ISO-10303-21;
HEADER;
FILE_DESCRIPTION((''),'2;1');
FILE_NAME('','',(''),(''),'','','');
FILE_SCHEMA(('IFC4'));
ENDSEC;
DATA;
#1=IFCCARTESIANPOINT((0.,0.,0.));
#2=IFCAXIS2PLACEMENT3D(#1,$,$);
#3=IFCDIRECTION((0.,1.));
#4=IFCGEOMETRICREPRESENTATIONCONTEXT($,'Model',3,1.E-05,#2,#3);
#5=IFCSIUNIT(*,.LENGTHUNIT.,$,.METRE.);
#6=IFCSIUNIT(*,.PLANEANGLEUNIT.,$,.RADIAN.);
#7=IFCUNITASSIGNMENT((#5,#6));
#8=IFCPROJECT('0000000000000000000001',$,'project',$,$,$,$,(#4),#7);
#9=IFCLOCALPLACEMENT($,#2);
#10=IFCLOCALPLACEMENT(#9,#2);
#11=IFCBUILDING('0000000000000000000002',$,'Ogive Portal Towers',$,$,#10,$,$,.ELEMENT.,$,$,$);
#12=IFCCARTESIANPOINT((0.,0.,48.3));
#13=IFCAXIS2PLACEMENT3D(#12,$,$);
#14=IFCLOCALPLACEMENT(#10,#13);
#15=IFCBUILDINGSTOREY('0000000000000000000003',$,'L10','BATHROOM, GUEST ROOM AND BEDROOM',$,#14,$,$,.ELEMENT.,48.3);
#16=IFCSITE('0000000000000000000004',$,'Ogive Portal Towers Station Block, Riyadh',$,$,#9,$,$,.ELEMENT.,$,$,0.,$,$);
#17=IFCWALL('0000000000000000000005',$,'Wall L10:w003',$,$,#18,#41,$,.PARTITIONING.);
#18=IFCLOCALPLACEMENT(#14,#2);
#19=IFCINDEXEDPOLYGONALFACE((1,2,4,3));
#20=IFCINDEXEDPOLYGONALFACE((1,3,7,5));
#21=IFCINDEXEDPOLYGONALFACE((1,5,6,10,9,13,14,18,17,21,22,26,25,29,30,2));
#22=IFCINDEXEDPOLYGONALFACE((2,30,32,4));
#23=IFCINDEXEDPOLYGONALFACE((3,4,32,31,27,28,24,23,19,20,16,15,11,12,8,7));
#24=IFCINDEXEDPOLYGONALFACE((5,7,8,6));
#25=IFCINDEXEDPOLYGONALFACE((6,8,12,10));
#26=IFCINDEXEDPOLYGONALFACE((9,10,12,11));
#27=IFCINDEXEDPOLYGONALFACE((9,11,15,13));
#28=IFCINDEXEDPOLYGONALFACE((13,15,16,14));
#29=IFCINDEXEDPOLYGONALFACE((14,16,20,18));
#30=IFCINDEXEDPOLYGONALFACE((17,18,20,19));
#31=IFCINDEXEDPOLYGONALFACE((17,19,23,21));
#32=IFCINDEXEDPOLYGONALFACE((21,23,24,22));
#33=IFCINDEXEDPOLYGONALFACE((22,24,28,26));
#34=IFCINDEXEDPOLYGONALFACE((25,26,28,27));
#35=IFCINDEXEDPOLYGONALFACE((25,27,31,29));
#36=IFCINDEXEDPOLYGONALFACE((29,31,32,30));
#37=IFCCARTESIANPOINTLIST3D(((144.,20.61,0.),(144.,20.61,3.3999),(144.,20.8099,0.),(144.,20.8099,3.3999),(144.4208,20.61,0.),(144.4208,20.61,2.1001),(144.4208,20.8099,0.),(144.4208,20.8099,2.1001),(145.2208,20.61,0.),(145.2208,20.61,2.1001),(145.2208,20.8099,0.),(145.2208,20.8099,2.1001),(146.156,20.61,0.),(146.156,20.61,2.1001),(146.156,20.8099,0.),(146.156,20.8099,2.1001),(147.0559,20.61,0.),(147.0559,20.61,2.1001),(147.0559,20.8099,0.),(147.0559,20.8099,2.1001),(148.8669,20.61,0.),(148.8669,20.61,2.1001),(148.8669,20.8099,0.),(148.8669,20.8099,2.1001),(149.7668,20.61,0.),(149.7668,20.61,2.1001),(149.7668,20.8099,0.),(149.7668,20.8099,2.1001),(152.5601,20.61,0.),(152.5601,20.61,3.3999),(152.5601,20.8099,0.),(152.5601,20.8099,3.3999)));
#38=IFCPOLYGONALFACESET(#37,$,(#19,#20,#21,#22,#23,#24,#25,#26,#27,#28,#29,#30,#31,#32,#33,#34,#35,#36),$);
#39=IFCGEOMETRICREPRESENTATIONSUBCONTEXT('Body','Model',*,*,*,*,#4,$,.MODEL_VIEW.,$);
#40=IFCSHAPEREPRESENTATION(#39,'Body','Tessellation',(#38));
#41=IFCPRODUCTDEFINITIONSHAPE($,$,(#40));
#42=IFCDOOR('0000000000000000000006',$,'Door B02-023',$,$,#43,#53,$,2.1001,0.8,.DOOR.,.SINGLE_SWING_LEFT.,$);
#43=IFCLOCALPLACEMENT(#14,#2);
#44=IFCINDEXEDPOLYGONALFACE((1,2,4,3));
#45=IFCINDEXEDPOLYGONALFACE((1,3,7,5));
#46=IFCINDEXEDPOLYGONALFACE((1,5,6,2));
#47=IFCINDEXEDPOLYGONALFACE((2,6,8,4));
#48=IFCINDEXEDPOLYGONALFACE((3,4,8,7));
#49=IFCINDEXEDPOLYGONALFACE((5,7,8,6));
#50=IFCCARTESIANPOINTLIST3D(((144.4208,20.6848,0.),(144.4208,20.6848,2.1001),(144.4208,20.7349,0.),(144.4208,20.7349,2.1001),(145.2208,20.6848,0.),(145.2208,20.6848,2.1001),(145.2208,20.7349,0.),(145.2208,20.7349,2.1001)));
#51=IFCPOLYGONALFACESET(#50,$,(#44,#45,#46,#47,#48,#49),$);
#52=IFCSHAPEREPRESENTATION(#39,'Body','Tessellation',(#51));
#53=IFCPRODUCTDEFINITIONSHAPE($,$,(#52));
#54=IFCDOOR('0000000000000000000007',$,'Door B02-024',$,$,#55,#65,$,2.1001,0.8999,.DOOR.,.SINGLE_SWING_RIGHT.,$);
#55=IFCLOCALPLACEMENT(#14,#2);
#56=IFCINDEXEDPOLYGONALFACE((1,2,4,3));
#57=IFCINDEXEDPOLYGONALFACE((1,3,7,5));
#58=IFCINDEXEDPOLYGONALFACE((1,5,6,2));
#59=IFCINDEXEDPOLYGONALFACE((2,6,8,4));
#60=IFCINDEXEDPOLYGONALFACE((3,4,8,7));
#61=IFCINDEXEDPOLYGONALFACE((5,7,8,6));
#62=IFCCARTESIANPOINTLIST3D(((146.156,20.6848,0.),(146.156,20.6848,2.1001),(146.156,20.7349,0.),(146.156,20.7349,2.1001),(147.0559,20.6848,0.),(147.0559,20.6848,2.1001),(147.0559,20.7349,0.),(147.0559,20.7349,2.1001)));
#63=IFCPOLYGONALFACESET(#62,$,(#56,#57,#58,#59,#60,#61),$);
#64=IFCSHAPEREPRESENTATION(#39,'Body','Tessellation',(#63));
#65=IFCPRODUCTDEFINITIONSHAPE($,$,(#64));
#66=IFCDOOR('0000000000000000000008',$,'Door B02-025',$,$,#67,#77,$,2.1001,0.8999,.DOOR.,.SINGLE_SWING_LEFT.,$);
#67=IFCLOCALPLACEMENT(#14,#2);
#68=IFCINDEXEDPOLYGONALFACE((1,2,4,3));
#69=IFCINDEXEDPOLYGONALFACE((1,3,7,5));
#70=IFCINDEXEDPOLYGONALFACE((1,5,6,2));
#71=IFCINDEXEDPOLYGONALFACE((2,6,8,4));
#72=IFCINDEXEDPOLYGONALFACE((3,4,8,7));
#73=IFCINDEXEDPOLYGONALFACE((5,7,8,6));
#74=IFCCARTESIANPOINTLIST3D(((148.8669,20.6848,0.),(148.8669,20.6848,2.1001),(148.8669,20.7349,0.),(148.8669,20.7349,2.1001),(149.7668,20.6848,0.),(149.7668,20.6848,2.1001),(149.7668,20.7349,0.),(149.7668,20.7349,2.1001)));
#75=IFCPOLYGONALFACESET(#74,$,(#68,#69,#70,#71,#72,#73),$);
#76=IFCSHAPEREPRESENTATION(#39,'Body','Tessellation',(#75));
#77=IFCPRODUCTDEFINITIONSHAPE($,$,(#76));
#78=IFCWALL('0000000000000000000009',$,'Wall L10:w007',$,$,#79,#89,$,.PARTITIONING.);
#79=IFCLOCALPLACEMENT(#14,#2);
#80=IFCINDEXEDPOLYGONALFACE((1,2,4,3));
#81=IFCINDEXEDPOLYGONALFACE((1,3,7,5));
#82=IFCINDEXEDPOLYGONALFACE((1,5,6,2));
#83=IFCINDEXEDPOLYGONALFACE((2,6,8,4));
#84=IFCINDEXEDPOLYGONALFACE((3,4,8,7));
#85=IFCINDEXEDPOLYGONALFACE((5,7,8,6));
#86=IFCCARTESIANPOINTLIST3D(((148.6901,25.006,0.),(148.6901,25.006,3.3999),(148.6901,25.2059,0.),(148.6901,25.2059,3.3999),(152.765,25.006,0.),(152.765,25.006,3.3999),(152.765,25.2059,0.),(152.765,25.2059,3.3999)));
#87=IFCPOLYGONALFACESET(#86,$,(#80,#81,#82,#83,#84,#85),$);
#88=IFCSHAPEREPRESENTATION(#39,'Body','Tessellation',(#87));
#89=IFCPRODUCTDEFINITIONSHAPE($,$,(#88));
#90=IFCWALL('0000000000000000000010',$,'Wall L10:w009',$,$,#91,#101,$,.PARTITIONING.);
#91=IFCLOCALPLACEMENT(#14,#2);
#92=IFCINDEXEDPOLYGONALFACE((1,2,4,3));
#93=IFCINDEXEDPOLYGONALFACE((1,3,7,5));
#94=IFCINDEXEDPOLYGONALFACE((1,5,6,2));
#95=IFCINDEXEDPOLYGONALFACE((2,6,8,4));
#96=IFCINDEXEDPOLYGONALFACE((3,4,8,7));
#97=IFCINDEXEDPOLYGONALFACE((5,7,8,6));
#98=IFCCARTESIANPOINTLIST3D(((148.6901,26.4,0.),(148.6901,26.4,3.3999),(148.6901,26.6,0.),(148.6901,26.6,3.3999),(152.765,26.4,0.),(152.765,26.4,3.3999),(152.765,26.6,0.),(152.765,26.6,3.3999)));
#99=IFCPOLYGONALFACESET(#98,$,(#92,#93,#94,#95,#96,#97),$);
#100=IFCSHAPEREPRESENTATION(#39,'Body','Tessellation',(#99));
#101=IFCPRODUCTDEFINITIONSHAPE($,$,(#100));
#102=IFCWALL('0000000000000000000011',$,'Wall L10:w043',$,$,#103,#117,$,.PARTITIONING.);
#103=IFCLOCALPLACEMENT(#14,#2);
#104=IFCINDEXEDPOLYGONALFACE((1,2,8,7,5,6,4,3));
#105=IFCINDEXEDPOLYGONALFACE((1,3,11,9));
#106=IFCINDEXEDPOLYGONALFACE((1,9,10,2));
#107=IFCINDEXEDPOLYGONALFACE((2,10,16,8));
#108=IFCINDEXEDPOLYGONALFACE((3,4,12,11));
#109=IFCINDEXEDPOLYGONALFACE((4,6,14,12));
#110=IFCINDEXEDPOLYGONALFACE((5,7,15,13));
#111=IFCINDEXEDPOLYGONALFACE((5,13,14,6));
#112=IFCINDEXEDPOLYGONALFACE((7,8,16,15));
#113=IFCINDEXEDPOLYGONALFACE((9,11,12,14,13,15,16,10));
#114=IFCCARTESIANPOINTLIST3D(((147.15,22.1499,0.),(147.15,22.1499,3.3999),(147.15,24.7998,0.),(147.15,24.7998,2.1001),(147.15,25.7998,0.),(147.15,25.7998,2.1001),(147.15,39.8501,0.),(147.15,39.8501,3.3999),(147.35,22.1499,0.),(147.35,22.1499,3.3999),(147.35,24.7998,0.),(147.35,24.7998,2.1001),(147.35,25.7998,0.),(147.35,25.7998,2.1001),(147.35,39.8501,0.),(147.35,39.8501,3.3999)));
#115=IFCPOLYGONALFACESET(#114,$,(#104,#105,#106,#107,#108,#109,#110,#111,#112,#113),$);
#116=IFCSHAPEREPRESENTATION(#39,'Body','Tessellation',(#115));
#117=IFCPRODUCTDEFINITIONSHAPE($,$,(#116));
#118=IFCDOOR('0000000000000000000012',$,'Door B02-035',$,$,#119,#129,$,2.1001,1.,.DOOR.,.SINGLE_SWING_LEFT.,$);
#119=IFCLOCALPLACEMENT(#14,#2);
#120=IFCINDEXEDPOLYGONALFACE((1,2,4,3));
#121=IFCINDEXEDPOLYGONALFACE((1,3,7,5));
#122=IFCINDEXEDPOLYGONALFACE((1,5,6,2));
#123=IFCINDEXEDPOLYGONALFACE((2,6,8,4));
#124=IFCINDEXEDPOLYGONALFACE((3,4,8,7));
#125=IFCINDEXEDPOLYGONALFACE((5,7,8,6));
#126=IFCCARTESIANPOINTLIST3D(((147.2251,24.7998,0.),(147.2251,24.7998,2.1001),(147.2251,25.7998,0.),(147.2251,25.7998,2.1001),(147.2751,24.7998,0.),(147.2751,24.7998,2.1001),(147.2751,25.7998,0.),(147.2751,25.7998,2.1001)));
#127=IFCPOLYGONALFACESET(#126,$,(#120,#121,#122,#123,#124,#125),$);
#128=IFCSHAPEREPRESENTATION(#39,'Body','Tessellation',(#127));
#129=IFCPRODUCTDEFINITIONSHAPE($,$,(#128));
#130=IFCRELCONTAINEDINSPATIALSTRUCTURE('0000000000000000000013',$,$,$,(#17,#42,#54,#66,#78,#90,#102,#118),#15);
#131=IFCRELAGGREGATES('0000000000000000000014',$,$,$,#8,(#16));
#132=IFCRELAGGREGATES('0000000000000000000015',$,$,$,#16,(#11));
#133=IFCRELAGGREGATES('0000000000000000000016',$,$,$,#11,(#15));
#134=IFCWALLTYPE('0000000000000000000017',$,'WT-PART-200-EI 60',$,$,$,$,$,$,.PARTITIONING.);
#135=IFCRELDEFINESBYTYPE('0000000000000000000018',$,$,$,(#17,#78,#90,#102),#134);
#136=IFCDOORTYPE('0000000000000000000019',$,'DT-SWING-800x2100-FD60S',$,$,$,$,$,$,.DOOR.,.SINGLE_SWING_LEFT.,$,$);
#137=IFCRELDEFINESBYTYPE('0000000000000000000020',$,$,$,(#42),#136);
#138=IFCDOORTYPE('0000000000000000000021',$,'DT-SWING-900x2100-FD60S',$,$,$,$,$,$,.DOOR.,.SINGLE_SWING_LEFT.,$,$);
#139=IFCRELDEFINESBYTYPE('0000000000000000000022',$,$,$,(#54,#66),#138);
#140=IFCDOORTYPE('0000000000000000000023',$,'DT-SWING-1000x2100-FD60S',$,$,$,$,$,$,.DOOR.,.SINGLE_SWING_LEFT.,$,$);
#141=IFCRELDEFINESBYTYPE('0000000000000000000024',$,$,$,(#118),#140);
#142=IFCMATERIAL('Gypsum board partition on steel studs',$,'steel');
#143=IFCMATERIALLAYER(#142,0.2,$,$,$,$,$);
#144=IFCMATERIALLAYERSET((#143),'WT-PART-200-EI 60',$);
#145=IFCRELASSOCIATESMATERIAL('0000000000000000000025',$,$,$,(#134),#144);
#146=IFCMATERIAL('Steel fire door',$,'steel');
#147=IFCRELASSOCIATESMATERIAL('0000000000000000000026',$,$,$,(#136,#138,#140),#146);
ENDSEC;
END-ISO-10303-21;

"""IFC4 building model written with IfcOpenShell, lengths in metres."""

from ifc_helpers import new_model, si_unit, direction, frame, frame_2d, origin, place, context, subcontext, project, spatial, rectangle, extrude, material, layer, layer_set, type_object, element, fill, save


model = new_model("IFC4")

# Units and contexts
model_context = context("Model", 3, precision=1e-05, world=origin(), true_north=direction((0.0, 1.0)))
body_context = subcontext(model_context, "Body", "Model", "MODEL_VIEW")
ifc_project = project(units=[si_unit("LENGTHUNIT", "METRE"), si_unit("PLANEANGLEUNIT", "RADIAN")], contexts=[model_context])

# Site, building, storey
site_placement = place(None, origin())
site = spatial("IfcSite", under=ifc_project, at=site_placement, Name="Ogive Portal Towers Station Block, Riyadh", CompositionType="ELEMENT", RefElevation=0.0)
building_placement = place(site_placement, origin())
building = spatial("IfcBuilding", under=site, at=building_placement, Name="Ogive Portal Towers", CompositionType="ELEMENT")
storey_placement = place(building_placement, frame((0.0, 0.0, 48.3)))
storey = spatial("IfcBuildingStorey", under=building, at=storey_placement, Name="L10", Description="BATHROOM, GUEST ROOM AND BEDROOM", CompositionType="ELEMENT", Elevation=48.3)

# Wall, openings, doors
ifc_material_1 = material(Name="Gypsum board partition on steel studs", Category="steel")
ifc_layer_1 = layer(ifc_material_1, 0.2)
ifc_layer_set_1 = layer_set([ifc_layer_1], Name="WT-PART-200-EI 60")
wall_type_1 = type_object("IfcWallType", Name="WT-PART-200-EI 60", PredefinedType="PARTITIONING", material=ifc_layer_set_1)
wall_1_placement = place(storey_placement, frame((144.0, 20.71, 0.0), z_axis=(0.0, 0.0, 1.0), x_axis=(1.0, 0.0, 0.0)))
wall_1 = element("IfcWall", 1, at=wall_1_placement, inside=storey, type_object=wall_type_1, Name="Wall L10:w003", PredefinedType="PARTITIONING", context=body_context, shape_type="SweptSolid", body=[
    extrude(rectangle(XDim=8.5601, YDim=0.2, at=frame_2d((4.28, 0.0))), origin(), (0.0, 0.0, 1.0), 3.3999),
])
opening_1_placement = place(wall_1_placement, frame((0.4209, 0.0, 0.0)))
opening_1 = element("IfcOpeningElement", 2, at=opening_1_placement, cuts=wall_1, PredefinedType="OPENING", context=body_context, shape_type="SweptSolid", body=[
    extrude(rectangle(XDim=0.8, YDim=2.1001, at=frame_2d((0.3999, 1.05))), frame((0.0, 0.1099, 0.0), z_axis=(0.0, -1.0, 0.0), x_axis=(1.0, 0.0, 0.0)), (0.0, 0.0, 1.0), 0.22),
])
opening_2_placement = place(wall_1_placement, frame((2.156, 0.0, 0.0)))
opening_2 = element("IfcOpeningElement", 3, at=opening_2_placement, cuts=wall_1, PredefinedType="OPENING", context=body_context, shape_type="SweptSolid", body=[
    extrude(rectangle(XDim=0.8999, YDim=2.1001, at=frame_2d((0.45, 1.05))), frame((0.0, 0.1099, 0.0), z_axis=(0.0, -1.0, 0.0), x_axis=(1.0, 0.0, 0.0)), (0.0, 0.0, 1.0), 0.22),
])
opening_3_placement = place(wall_1_placement, frame((4.8669, 0.0, 0.0)))
opening_3 = element("IfcOpeningElement", 4, at=opening_3_placement, cuts=wall_1, PredefinedType="OPENING", context=body_context, shape_type="SweptSolid", body=[
    extrude(rectangle(XDim=0.8999, YDim=2.1001, at=frame_2d((0.45, 1.05))), frame((0.0, 0.1099, 0.0), z_axis=(0.0, -1.0, 0.0), x_axis=(1.0, 0.0, 0.0)), (0.0, 0.0, 1.0), 0.22),
])
ifc_material_2 = material(Name="Steel fire door", Category="steel")
door_type_1 = type_object("IfcDoorType", Name="DT-SWING-800x2100-FD60S", OperationType="SINGLE_SWING_LEFT", PredefinedType="DOOR", material=ifc_material_2)
door_1_placement = place(opening_1_placement, origin())
door_1 = element("IfcDoor", 5, at=door_1_placement, inside=storey, type_object=door_type_1, Name="Door B02-023", OperationType="SINGLE_SWING_LEFT", OverallHeight=2.1001, OverallWidth=0.8, PredefinedType="DOOR", context=body_context, shape_type="SweptSolid", body=[
    extrude(rectangle(XDim=0.8, YDim=2.1001, at=frame_2d((0.3999, 1.05))), frame((0.0, 0.0249, 0.0), z_axis=(0.0, -1.0, 0.0), x_axis=(1.0, 0.0, 0.0)), (0.0, 0.0, 1.0), 0.05),
])
fill(opening_1, door_1)
door_type_2 = type_object("IfcDoorType", Name="DT-SWING-900x2100-FD60S", OperationType="SINGLE_SWING_LEFT", PredefinedType="DOOR", material=ifc_material_2)
door_2_placement = place(opening_2_placement, origin())
door_2 = element("IfcDoor", 6, at=door_2_placement, inside=storey, type_object=door_type_2, Name="Door B02-024", OperationType="SINGLE_SWING_RIGHT", OverallHeight=2.1001, OverallWidth=0.8999, PredefinedType="DOOR", context=body_context, shape_type="SweptSolid", body=[
    extrude(rectangle(XDim=0.8999, YDim=2.1001, at=frame_2d((0.45, 1.05))), frame((0.0, 0.0249, 0.0), z_axis=(0.0, -1.0, 0.0), x_axis=(1.0, 0.0, 0.0)), (0.0, 0.0, 1.0), 0.05),
])
fill(opening_2, door_2)
door_3_placement = place(opening_3_placement, origin())
door_3 = element("IfcDoor", 7, at=door_3_placement, inside=storey, type_object=door_type_2, Name="Door B02-025", OperationType="SINGLE_SWING_LEFT", OverallHeight=2.1001, OverallWidth=0.8999, PredefinedType="DOOR", context=body_context, shape_type="SweptSolid", body=[
    extrude(rectangle(XDim=0.8999, YDim=2.1001, at=frame_2d((0.45, 1.05))), frame((0.0, 0.0249, 0.0), z_axis=(0.0, -1.0, 0.0), x_axis=(1.0, 0.0, 0.0)), (0.0, 0.0, 1.0), 0.05),
])
fill(opening_3, door_3)

# Walls
for number, where, z_axis, x_axis, name in (
    (8, (148.6899, 25.106, 0.0), (0.0, 0.0, 1.0), (1.0, 0.0, 0.0), "Wall L10:w007"),
    (9, (148.6899, 26.5, 0.0), (0.0, 0.0, 1.0), (1.0, 0.0, 0.0), "Wall L10:w009"),
):
    element("IfcWall", number, at=place(storey_placement, frame(where, z_axis=z_axis, x_axis=x_axis)), inside=storey, type_object=wall_type_1, Name=name, PredefinedType="PARTITIONING", context=body_context, shape_type="SweptSolid", body=[
        extrude(rectangle(XDim=4.075, YDim=0.2, at=frame_2d((2.0376, 0.0))), origin(), (0.0, 0.0, 1.0), 3.3999),
    ])

# Wall, opening, door
wall_2_placement = place(storey_placement, frame((147.25, 22.1499, 0.0), z_axis=(0.0, 0.0, 1.0), x_axis=(0.0, 1.0, 0.0)))
wall_2 = element("IfcWall", 10, at=wall_2_placement, inside=storey, type_object=wall_type_1, Name="Wall L10:w043", PredefinedType="PARTITIONING", context=body_context, shape_type="SweptSolid", body=[
    extrude(rectangle(XDim=17.7002, YDim=0.2, at=frame_2d((8.8501, 0.0))), origin(), (0.0, 0.0, 1.0), 3.3999),
])
opening_4_placement = place(wall_2_placement, frame((2.6499, 0.0, 0.0)))
opening_4 = element("IfcOpeningElement", 11, at=opening_4_placement, cuts=wall_2, PredefinedType="OPENING", context=body_context, shape_type="SweptSolid", body=[
    extrude(rectangle(XDim=1.0, YDim=2.1001, at=frame_2d((0.5, 1.05))), frame((0.0, 0.1099, 0.0), z_axis=(0.0, -1.0, 0.0), x_axis=(1.0, 0.0, 0.0)), (0.0, 0.0, 1.0), 0.22),
])
door_type_3 = type_object("IfcDoorType", Name="DT-SWING-1000x2100-FD60S", OperationType="SINGLE_SWING_LEFT", PredefinedType="DOOR", material=ifc_material_2)
door_4_placement = place(opening_4_placement, origin())
door_4 = element("IfcDoor", 12, at=door_4_placement, inside=storey, type_object=door_type_3, Name="Door B02-035", OperationType="SINGLE_SWING_LEFT", OverallHeight=2.1001, OverallWidth=1.0, PredefinedType="DOOR", context=body_context, shape_type="SweptSolid", body=[
    extrude(rectangle(XDim=1.0, YDim=2.1001, at=frame_2d((0.5, 1.05))), frame((0.0, 0.0249, 0.0), z_axis=(0.0, -1.0, 0.0), x_axis=(1.0, 0.0, 0.0)), (0.0, 0.0, 1.0), 0.05),
])
fill(opening_4, door_4)

save(model, "model.ifc")
